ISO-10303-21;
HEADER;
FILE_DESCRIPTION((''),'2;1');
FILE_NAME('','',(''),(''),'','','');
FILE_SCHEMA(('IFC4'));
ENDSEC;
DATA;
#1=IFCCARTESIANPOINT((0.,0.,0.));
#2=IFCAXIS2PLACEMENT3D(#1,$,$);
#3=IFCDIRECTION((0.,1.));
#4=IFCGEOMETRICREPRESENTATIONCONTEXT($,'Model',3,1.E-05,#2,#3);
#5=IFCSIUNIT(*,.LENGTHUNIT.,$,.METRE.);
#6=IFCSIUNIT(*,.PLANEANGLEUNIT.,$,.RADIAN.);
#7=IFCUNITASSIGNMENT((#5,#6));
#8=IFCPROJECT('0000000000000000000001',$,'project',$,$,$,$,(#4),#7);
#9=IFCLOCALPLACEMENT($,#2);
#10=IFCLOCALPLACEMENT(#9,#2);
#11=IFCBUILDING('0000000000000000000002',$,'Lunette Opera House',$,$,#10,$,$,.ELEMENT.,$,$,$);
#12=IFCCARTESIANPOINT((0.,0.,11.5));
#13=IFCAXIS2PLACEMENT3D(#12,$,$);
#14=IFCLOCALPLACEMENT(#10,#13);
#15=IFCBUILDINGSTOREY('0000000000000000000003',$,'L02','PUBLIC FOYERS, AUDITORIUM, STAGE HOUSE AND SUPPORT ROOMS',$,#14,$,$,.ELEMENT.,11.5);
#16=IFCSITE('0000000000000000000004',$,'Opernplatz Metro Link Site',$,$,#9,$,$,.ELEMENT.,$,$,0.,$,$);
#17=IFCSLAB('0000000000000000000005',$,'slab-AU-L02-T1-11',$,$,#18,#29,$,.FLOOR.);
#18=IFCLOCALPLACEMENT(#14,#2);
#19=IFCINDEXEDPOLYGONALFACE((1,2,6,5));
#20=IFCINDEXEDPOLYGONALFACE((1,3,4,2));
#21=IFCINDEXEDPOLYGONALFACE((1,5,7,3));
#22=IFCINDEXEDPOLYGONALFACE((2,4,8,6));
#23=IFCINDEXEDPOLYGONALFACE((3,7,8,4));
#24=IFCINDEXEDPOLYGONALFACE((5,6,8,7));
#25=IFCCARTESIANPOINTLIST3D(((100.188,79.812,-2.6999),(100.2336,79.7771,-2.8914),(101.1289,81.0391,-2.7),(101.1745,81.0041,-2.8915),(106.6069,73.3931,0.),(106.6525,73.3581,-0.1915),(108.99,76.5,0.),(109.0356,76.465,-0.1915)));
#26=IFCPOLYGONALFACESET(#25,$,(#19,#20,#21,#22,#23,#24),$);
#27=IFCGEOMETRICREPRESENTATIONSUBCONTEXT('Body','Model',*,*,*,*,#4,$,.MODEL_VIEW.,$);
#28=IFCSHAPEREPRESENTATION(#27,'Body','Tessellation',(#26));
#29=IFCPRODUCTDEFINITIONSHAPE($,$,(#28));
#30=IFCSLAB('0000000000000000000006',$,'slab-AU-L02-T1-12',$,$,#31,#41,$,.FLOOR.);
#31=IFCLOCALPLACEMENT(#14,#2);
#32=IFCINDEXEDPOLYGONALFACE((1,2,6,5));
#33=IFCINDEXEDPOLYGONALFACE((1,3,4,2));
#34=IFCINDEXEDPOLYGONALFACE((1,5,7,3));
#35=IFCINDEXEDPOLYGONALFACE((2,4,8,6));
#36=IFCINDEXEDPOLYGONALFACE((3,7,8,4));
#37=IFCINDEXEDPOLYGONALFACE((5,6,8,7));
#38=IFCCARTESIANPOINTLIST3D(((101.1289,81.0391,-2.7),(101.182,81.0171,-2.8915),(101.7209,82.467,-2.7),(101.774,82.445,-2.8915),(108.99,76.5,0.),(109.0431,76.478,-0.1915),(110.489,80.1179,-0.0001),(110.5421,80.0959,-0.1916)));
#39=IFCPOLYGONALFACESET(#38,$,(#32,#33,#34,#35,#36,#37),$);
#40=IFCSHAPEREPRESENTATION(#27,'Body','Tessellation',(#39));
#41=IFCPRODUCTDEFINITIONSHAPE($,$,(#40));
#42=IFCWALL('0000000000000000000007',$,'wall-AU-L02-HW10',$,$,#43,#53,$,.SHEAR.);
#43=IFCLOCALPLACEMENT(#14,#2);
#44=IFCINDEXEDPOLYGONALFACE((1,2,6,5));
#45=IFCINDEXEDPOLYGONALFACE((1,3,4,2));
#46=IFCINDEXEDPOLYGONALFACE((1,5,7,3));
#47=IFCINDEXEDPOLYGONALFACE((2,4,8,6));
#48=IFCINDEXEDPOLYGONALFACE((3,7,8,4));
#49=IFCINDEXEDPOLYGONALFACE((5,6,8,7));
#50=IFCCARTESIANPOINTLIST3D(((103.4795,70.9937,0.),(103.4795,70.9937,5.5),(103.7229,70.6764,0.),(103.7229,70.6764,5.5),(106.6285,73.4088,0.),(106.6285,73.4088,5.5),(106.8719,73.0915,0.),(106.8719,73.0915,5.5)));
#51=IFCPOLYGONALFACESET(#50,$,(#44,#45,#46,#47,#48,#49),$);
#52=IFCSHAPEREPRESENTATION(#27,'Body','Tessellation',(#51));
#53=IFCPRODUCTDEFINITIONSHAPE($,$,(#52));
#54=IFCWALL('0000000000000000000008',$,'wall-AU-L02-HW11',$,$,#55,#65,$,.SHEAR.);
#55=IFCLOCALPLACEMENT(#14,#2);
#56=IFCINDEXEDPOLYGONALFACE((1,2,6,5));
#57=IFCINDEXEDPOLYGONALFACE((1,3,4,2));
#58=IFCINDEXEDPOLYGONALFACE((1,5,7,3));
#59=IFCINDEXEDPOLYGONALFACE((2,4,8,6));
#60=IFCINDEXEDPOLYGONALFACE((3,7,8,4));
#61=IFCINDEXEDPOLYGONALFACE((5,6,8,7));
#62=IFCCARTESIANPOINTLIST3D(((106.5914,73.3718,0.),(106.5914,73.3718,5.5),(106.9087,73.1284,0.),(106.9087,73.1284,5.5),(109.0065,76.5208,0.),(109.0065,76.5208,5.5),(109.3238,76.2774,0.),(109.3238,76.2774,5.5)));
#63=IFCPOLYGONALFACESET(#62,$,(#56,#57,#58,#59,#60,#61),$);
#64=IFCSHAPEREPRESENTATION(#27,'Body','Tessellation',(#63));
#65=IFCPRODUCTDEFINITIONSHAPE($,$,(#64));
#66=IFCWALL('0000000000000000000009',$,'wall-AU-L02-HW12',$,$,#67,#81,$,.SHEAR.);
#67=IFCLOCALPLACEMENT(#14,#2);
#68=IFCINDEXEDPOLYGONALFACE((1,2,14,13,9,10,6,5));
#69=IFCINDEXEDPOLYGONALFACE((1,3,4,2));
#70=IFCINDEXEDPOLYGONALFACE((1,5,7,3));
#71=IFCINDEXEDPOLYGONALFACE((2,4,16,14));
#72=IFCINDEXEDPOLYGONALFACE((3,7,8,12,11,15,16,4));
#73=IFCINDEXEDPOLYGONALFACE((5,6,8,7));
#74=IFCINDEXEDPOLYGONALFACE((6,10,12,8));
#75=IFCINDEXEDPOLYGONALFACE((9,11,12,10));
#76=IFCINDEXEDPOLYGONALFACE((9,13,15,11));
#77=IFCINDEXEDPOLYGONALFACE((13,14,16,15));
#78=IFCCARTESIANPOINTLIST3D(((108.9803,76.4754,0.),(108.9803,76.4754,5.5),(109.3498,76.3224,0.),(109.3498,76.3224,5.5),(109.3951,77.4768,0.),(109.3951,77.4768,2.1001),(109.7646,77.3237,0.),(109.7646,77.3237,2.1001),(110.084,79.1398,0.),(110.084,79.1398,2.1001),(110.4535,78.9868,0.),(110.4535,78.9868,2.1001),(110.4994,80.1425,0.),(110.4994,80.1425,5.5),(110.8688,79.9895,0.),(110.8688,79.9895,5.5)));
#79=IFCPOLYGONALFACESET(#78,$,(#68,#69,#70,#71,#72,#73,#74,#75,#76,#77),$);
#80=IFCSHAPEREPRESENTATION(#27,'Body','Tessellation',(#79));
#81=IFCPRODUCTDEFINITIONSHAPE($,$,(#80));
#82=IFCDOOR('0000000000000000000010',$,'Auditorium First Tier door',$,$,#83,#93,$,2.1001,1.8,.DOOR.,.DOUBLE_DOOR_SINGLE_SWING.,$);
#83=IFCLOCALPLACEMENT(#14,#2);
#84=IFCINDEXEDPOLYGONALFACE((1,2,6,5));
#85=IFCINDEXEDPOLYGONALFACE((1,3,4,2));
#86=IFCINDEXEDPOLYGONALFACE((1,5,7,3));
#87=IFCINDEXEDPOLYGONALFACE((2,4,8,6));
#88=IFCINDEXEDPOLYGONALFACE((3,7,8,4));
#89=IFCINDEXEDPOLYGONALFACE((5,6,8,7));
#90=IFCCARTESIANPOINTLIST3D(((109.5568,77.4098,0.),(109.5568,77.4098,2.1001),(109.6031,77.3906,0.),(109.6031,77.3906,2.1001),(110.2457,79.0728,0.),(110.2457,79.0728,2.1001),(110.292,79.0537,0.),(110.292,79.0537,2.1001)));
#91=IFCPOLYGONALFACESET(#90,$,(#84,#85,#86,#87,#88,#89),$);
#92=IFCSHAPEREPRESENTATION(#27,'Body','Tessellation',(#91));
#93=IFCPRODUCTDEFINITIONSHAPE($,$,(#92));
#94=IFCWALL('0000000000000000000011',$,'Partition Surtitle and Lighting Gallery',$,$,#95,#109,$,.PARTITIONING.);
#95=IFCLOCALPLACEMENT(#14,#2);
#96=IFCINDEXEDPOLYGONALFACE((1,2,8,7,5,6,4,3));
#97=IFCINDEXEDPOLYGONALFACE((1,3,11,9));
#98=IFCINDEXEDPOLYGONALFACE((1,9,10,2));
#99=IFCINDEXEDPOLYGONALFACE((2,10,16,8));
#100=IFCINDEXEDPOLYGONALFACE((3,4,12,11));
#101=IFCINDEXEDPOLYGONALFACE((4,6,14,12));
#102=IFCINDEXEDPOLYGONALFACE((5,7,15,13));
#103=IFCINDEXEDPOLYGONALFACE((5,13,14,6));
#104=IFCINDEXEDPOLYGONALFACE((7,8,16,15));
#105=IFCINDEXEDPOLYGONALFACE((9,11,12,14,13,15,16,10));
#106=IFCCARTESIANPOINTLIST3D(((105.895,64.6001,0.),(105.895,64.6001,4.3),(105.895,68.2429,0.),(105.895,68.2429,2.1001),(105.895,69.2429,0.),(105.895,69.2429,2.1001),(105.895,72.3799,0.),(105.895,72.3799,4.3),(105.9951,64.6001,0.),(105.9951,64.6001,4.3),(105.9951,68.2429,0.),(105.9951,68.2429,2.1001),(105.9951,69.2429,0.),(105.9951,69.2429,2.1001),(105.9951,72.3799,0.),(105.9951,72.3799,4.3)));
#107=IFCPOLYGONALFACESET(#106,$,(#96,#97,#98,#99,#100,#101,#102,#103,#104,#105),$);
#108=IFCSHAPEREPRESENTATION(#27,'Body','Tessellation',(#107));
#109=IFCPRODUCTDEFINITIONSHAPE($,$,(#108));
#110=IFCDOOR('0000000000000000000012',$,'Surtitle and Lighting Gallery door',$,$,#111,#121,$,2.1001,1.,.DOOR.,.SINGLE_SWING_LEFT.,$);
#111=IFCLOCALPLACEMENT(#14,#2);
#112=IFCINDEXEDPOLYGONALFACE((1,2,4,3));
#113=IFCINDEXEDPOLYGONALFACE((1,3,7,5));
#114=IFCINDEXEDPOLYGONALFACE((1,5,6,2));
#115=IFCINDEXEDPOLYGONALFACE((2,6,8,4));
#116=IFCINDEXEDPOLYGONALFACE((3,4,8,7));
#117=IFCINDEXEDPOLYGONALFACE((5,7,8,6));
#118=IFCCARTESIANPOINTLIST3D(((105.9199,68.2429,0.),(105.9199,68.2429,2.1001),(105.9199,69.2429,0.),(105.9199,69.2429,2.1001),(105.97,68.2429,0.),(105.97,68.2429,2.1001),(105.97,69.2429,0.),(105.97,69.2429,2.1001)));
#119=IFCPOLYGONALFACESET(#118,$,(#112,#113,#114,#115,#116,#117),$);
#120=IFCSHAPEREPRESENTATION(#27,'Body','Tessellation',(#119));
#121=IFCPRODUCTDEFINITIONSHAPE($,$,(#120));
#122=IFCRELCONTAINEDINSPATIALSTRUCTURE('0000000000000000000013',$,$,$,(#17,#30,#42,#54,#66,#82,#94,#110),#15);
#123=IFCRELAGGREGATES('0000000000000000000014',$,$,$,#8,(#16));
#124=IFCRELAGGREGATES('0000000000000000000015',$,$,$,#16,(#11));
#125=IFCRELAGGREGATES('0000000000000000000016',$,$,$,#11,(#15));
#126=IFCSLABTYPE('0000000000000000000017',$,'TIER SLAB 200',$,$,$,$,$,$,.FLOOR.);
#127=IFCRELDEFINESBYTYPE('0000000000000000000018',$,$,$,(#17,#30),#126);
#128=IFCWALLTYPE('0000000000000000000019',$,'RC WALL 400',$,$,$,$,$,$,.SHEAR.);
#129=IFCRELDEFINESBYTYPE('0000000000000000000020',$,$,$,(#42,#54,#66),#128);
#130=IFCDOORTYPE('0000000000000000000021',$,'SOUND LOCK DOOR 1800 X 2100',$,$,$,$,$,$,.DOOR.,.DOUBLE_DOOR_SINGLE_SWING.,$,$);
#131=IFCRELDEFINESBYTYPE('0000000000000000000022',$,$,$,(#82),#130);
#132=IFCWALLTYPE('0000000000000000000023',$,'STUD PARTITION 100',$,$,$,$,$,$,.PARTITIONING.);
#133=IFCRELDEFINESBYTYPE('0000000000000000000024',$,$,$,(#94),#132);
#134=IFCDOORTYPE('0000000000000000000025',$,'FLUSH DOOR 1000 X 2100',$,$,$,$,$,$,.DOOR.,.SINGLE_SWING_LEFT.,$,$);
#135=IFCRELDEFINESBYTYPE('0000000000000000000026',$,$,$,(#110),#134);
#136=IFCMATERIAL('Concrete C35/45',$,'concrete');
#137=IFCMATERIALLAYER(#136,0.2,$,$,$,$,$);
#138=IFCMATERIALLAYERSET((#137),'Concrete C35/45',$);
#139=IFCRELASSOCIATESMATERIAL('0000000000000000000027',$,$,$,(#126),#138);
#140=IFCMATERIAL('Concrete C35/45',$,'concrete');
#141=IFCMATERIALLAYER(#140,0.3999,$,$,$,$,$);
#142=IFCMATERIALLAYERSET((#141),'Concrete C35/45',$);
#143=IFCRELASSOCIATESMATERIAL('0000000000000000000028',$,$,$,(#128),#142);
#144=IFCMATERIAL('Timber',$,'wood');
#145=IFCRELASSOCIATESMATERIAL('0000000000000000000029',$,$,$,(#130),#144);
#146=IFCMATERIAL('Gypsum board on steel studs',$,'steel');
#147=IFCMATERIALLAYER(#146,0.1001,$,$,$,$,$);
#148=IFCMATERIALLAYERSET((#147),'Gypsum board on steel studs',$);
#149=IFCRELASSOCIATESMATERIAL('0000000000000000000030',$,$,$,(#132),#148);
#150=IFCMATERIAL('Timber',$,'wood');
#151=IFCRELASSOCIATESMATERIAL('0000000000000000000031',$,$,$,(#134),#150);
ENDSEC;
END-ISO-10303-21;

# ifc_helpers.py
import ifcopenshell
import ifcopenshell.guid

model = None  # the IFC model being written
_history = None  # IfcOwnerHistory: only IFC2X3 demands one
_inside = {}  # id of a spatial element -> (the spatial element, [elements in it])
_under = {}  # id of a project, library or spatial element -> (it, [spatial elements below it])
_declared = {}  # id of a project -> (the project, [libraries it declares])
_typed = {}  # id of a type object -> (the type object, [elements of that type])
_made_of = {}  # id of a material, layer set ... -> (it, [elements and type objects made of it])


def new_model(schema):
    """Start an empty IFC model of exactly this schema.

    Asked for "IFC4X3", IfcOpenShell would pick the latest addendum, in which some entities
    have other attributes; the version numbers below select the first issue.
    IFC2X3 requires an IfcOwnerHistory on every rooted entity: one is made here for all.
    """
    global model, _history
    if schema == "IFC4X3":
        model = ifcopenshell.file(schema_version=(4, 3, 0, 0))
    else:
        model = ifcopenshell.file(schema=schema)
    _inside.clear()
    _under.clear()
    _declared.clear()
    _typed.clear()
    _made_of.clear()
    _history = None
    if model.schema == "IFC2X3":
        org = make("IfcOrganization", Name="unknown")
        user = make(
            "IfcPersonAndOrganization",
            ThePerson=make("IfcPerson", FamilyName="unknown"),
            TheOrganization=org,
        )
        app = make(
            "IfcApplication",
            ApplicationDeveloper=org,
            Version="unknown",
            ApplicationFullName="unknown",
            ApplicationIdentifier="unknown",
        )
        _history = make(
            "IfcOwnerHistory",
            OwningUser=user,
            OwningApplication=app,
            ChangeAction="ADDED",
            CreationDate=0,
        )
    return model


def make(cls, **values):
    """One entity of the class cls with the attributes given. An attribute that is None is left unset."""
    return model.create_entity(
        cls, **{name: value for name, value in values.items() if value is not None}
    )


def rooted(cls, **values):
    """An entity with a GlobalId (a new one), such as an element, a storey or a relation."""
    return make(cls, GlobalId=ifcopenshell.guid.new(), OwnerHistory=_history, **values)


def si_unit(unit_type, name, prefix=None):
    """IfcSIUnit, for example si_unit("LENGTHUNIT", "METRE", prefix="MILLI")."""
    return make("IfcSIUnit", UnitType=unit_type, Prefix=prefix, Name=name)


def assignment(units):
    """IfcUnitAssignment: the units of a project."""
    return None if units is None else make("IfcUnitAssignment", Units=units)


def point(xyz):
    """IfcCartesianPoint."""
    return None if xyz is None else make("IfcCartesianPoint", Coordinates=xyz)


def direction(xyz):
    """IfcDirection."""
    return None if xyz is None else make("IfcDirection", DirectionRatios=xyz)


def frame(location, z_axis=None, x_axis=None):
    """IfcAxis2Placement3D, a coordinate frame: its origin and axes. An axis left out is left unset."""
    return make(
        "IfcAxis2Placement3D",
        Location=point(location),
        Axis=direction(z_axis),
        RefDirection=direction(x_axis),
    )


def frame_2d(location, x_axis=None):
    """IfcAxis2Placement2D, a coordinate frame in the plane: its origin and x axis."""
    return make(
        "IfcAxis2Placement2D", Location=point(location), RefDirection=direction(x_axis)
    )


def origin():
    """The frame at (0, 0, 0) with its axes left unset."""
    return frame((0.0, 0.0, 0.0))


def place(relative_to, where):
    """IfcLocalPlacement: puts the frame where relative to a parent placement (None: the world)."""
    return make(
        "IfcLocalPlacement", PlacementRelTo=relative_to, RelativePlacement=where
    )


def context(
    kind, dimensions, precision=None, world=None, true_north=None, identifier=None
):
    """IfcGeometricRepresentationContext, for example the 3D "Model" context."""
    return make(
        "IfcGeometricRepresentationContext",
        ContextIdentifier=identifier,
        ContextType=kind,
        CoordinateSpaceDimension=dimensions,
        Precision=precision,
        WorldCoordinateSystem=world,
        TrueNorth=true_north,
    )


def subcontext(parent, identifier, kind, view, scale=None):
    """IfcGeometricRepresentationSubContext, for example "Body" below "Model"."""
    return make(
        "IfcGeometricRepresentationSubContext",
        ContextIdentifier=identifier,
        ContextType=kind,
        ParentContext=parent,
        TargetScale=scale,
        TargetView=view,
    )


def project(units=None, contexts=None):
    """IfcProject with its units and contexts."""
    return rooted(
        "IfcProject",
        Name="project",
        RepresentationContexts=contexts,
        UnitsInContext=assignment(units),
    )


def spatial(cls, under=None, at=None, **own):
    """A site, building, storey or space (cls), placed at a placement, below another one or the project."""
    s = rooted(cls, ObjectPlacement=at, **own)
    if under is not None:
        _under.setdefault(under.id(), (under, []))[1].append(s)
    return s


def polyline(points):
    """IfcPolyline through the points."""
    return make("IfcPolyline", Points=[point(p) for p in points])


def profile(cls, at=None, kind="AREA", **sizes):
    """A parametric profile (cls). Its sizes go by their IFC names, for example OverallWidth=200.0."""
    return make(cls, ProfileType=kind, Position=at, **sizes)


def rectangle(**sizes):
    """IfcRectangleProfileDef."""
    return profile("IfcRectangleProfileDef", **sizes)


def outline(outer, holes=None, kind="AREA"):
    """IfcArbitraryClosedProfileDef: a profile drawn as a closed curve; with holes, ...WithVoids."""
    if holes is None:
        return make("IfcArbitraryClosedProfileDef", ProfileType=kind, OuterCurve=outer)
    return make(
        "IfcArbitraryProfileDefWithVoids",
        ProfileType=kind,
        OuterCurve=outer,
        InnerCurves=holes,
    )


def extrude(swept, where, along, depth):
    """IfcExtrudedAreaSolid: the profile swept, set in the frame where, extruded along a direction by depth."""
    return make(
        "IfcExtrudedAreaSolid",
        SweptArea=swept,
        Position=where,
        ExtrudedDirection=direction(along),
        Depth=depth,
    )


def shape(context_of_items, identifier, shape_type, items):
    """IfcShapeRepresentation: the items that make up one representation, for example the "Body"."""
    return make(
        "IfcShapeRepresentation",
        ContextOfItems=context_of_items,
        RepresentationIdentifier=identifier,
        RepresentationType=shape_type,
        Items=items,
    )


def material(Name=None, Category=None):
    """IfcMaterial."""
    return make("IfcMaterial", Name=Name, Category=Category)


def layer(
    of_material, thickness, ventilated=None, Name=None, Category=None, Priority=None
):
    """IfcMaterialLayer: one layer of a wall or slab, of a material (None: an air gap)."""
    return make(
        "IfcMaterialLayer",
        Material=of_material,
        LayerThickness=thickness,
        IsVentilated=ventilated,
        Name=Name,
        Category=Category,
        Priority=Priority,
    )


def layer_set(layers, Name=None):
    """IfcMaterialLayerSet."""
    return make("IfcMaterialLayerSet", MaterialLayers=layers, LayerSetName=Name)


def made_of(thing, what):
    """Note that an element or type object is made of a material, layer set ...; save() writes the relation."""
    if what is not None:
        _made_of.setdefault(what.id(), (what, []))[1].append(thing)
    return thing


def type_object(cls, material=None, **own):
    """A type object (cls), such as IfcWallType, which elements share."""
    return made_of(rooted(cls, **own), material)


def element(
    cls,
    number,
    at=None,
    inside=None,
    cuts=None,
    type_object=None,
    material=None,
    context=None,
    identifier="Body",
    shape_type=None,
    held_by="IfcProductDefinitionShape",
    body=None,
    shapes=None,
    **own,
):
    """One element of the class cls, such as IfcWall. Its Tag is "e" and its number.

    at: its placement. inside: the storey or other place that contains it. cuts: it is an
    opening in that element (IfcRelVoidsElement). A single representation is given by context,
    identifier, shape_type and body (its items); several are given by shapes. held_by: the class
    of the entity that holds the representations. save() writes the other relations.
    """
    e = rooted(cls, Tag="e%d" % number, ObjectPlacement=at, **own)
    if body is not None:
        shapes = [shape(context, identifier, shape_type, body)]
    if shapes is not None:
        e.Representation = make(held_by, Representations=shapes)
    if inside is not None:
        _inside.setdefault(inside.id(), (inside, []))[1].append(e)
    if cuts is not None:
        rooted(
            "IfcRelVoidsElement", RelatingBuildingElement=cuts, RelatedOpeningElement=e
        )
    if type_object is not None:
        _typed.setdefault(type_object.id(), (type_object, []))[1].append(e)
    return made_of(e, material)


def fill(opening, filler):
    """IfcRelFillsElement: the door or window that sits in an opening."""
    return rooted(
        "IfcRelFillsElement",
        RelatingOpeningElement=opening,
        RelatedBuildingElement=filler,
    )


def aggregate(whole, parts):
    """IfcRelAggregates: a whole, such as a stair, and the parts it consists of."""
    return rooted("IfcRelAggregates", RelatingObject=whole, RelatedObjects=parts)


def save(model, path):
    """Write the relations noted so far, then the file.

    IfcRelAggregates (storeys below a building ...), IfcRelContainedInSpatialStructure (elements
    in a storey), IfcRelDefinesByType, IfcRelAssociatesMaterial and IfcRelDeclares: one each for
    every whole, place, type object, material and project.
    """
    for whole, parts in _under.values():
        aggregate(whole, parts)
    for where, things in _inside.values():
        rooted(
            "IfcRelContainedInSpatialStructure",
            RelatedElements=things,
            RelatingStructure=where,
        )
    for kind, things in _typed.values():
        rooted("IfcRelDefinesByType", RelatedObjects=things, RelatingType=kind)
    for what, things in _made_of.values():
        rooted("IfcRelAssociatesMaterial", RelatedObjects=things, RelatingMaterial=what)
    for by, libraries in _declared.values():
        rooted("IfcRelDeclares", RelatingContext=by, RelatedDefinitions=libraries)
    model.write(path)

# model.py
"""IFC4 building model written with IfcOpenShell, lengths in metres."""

from ifc_helpers import new_model, si_unit, direction, frame, frame_2d, origin, place, context, subcontext, project, spatial, polyline, rectangle, outline, extrude, material, layer, layer_set, type_object, element, fill, save


model = new_model("IFC4")

# Units and contexts
model_context = context("Model", 3, precision=1e-05, world=origin(), true_north=direction((0.0, 1.0)))
body_context = subcontext(model_context, "Body", "Model", "MODEL_VIEW")
ifc_project = project(units=[si_unit("LENGTHUNIT", "METRE"), si_unit("PLANEANGLEUNIT", "RADIAN")], contexts=[model_context])

# Site, building, storey
site_placement = place(None, origin())
site = spatial("IfcSite", under=ifc_project, at=site_placement, Name="Opernplatz Metro Link Site", CompositionType="ELEMENT", RefElevation=0.0)
building_placement = place(site_placement, origin())
building = spatial("IfcBuilding", under=site, at=building_placement, Name="Lunette Opera House", CompositionType="ELEMENT")
storey_placement = place(building_placement, frame((0.0, 0.0, 11.5)))
storey = spatial("IfcBuildingStorey", under=building, at=storey_placement, Name="L02", Description="PUBLIC FOYERS, AUDITORIUM, STAGE HOUSE AND SUPPORT ROOMS", CompositionType="ELEMENT", Elevation=11.5)

# Slabs
ifc_material_1 = material(Name="Concrete C35/45", Category="concrete")
ifc_layer_1 = layer(ifc_material_1, 0.2)
ifc_layer_set_1 = layer_set([ifc_layer_1], Name="Concrete C35/45")
slab_type = type_object("IfcSlabType", Name="TIER SLAB 200", PredefinedType="FLOOR", material=ifc_layer_set_1)
slab_1_placement = place(storey_placement, frame((106.6069, 73.3931, 0.0), z_axis=(-0.228006, 0.174871, 0.957827), x_axis=(0.608602, 0.793476, 0.00001)))
element("IfcSlab", 1, at=slab_1_placement, inside=storey, type_object=slab_type, Name="slab-AU-L02-T1-11", PredefinedType="FLOOR", context=body_context, shape_type="SweptSolid", body=[
    extrude(outline(polyline([(0.0, 0.0), (3.9156, 0.0), (2.7329, 9.3963), (1.1867, 9.3961), (0.0, 0.0)])), origin(), (0.0, 0.0, -1.0), 0.2),
])
slab_2_placement = place(storey_placement, frame((108.99, 76.5, 0.0), z_axis=(-0.265461, 0.110009, 0.957825), x_axis=(0.382783, 0.923838, -0.000018)))
element("IfcSlab", 2, at=slab_2_placement, inside=storey, type_object=slab_type, Name="slab-AU-L02-T1-12", PredefinedType="FLOOR", context=body_context, shape_type="SweptSolid", body=[
    extrude(outline(polyline([(0.0, 0.0), (3.9162, 0.0), (2.7302, 9.3958), (1.1843, 9.3961), (0.0, 0.0)])), origin(), (0.0, 0.0, -1.0), 0.2),
])

# Walls
ifc_material_2 = material(Name="Concrete C35/45", Category="concrete")
ifc_layer_2 = layer(ifc_material_2, 0.3999)
ifc_layer_set_2 = layer_set([ifc_layer_2], Name="Concrete C35/45")
wall_type_1 = type_object("IfcWallType", Name="RC WALL 400", PredefinedType="SHEAR", material=ifc_layer_set_2)
for number, where, z_axis, x_axis, name in (
    (3, (103.6011, 70.835, 0.0), (0.0, 0.0, 1.0), (0.793501, 0.608568, 0.0), "wall-AU-L02-HW10"),
    (4, (106.75, 73.25, 0.0), (0.0, 0.0, 1.0), (0.608568, 0.793501, 0.0), "wall-AU-L02-HW11"),
):
    element("IfcWall", number, at=place(storey_placement, frame(where, z_axis=z_axis, x_axis=x_axis)), inside=storey, type_object=wall_type_1, Name=name, PredefinedType="SHEAR", context=body_context, shape_type="SweptSolid", body=[
        extrude(rectangle(XDim=3.9685, YDim=0.3999, at=frame_2d((1.9844, 0.0))), origin(), (0.0, 0.0, 1.0), 5.5),
    ])

# Walls, openings, doors
wall_1_placement = place(storey_placement, frame((109.165, 76.3989, 0.0), z_axis=(0.0, 0.0, 1.0), x_axis=(0.38271, 0.923868, 0.0)))
wall_1 = element("IfcWall", 5, at=wall_1_placement, inside=storey, type_object=wall_type_1, Name="wall-AU-L02-HW12", PredefinedType="SHEAR", context=body_context, shape_type="SweptSolid", body=[
    extrude(rectangle(XDim=3.9692, YDim=0.3999, at=frame_2d((1.9846, 0.0))), origin(), (0.0, 0.0, 1.0), 5.5),
])
opening_1_placement = place(wall_1_placement, frame((1.084, 0.0, 0.0)))
opening_1 = element("IfcOpeningElement", 6, at=opening_1_placement, cuts=wall_1, PredefinedType="OPENING", context=body_context, shape_type="SweptSolid", body=[
    extrude(rectangle(XDim=1.8, YDim=2.1001, at=frame_2d((0.8999, 1.05))), frame((0.0, 0.2119, 0.0), z_axis=(0.0, -1.0, 0.0), x_axis=(1.0, 0.0, 0.0)), (0.0, 0.0, 1.0), 0.4238),
])
ifc_material_3 = material(Name="Timber", Category="wood")
door_type_1 = type_object("IfcDoorType", Name="SOUND LOCK DOOR 1800 X 2100", OperationType="DOUBLE_DOOR_SINGLE_SWING", PredefinedType="DOOR", material=ifc_material_3)
door_1_placement = place(opening_1_placement, origin())
door_1 = element("IfcDoor", 7, at=door_1_placement, inside=storey, type_object=door_type_1, Name="Auditorium First Tier door", OperationType="DOUBLE_DOOR_SINGLE_SWING", OverallHeight=2.1001, OverallWidth=1.8, PredefinedType="DOOR", context=body_context, shape_type="SweptSolid", body=[
    extrude(rectangle(XDim=1.8, YDim=2.1001, at=frame_2d((0.8999, 1.05))), frame((0.0, 0.0249, 0.0), z_axis=(0.0, -1.0, 0.0), x_axis=(1.0, 0.0, 0.0)), (0.0, 0.0, 1.0), 0.05),
])
fill(opening_1, door_1)
ifc_material_4 = material(Name="Gypsum board on steel studs", Category="steel")
ifc_layer_3 = layer(ifc_material_4, 0.1001)
ifc_layer_set_3 = layer_set([ifc_layer_3], Name="Gypsum board on steel studs")
wall_type_2 = type_object("IfcWallType", Name="STUD PARTITION 100", PredefinedType="PARTITIONING", material=ifc_layer_set_3)
wall_2_placement = place(storey_placement, frame((105.9451, 72.3799, 0.0), z_axis=(0.0, 0.0, 1.0), x_axis=(0.0, -1.0, 0.0)))
wall_2 = element("IfcWall", 8, at=wall_2_placement, inside=storey, type_object=wall_type_2, Name="Partition Surtitle and Lighting Gallery", PredefinedType="PARTITIONING", context=body_context, shape_type="SweptSolid", body=[
    extrude(rectangle(XDim=7.7798, YDim=0.1001, at=frame_2d((3.8899, 0.0))), origin(), (0.0, 0.0, 1.0), 4.3),
])
opening_2_placement = place(wall_2_placement, frame((3.137, 0.0, 0.0)))
opening_2 = element("IfcOpeningElement", 9, at=opening_2_placement, cuts=wall_2, PredefinedType="OPENING", context=body_context, shape_type="SweptSolid", body=[
    extrude(rectangle(XDim=1.0, YDim=2.1001, at=frame_2d((0.5, 1.05))), frame((0.0, 0.062, 0.0), z_axis=(0.0, -1.0, 0.0), x_axis=(1.0, 0.0, 0.0)), (0.0, 0.0, 1.0), 0.124),
])
ifc_material_5 = material(Name="Timber", Category="wood")
door_type_2 = type_object("IfcDoorType", Name="FLUSH DOOR 1000 X 2100", OperationType="SINGLE_SWING_LEFT", PredefinedType="DOOR", material=ifc_material_5)
door_2_placement = place(opening_2_placement, origin())
door_2 = element("IfcDoor", 10, at=door_2_placement, inside=storey, type_object=door_type_2, Name="Surtitle and Lighting Gallery door", OperationType="SINGLE_SWING_LEFT", OverallHeight=2.1001, OverallWidth=1.0, PredefinedType="DOOR", context=body_context, shape_type="SweptSolid", body=[
    extrude(rectangle(XDim=1.0, YDim=2.1001, at=frame_2d((0.5, 1.05))), frame((0.0, 0.0249, 0.0), z_axis=(0.0, -1.0, 0.0), x_axis=(1.0, 0.0, 0.0)), (0.0, 0.0, 1.0), 0.05),
])
fill(opening_2, door_2)

save(model, "model.ifc")
